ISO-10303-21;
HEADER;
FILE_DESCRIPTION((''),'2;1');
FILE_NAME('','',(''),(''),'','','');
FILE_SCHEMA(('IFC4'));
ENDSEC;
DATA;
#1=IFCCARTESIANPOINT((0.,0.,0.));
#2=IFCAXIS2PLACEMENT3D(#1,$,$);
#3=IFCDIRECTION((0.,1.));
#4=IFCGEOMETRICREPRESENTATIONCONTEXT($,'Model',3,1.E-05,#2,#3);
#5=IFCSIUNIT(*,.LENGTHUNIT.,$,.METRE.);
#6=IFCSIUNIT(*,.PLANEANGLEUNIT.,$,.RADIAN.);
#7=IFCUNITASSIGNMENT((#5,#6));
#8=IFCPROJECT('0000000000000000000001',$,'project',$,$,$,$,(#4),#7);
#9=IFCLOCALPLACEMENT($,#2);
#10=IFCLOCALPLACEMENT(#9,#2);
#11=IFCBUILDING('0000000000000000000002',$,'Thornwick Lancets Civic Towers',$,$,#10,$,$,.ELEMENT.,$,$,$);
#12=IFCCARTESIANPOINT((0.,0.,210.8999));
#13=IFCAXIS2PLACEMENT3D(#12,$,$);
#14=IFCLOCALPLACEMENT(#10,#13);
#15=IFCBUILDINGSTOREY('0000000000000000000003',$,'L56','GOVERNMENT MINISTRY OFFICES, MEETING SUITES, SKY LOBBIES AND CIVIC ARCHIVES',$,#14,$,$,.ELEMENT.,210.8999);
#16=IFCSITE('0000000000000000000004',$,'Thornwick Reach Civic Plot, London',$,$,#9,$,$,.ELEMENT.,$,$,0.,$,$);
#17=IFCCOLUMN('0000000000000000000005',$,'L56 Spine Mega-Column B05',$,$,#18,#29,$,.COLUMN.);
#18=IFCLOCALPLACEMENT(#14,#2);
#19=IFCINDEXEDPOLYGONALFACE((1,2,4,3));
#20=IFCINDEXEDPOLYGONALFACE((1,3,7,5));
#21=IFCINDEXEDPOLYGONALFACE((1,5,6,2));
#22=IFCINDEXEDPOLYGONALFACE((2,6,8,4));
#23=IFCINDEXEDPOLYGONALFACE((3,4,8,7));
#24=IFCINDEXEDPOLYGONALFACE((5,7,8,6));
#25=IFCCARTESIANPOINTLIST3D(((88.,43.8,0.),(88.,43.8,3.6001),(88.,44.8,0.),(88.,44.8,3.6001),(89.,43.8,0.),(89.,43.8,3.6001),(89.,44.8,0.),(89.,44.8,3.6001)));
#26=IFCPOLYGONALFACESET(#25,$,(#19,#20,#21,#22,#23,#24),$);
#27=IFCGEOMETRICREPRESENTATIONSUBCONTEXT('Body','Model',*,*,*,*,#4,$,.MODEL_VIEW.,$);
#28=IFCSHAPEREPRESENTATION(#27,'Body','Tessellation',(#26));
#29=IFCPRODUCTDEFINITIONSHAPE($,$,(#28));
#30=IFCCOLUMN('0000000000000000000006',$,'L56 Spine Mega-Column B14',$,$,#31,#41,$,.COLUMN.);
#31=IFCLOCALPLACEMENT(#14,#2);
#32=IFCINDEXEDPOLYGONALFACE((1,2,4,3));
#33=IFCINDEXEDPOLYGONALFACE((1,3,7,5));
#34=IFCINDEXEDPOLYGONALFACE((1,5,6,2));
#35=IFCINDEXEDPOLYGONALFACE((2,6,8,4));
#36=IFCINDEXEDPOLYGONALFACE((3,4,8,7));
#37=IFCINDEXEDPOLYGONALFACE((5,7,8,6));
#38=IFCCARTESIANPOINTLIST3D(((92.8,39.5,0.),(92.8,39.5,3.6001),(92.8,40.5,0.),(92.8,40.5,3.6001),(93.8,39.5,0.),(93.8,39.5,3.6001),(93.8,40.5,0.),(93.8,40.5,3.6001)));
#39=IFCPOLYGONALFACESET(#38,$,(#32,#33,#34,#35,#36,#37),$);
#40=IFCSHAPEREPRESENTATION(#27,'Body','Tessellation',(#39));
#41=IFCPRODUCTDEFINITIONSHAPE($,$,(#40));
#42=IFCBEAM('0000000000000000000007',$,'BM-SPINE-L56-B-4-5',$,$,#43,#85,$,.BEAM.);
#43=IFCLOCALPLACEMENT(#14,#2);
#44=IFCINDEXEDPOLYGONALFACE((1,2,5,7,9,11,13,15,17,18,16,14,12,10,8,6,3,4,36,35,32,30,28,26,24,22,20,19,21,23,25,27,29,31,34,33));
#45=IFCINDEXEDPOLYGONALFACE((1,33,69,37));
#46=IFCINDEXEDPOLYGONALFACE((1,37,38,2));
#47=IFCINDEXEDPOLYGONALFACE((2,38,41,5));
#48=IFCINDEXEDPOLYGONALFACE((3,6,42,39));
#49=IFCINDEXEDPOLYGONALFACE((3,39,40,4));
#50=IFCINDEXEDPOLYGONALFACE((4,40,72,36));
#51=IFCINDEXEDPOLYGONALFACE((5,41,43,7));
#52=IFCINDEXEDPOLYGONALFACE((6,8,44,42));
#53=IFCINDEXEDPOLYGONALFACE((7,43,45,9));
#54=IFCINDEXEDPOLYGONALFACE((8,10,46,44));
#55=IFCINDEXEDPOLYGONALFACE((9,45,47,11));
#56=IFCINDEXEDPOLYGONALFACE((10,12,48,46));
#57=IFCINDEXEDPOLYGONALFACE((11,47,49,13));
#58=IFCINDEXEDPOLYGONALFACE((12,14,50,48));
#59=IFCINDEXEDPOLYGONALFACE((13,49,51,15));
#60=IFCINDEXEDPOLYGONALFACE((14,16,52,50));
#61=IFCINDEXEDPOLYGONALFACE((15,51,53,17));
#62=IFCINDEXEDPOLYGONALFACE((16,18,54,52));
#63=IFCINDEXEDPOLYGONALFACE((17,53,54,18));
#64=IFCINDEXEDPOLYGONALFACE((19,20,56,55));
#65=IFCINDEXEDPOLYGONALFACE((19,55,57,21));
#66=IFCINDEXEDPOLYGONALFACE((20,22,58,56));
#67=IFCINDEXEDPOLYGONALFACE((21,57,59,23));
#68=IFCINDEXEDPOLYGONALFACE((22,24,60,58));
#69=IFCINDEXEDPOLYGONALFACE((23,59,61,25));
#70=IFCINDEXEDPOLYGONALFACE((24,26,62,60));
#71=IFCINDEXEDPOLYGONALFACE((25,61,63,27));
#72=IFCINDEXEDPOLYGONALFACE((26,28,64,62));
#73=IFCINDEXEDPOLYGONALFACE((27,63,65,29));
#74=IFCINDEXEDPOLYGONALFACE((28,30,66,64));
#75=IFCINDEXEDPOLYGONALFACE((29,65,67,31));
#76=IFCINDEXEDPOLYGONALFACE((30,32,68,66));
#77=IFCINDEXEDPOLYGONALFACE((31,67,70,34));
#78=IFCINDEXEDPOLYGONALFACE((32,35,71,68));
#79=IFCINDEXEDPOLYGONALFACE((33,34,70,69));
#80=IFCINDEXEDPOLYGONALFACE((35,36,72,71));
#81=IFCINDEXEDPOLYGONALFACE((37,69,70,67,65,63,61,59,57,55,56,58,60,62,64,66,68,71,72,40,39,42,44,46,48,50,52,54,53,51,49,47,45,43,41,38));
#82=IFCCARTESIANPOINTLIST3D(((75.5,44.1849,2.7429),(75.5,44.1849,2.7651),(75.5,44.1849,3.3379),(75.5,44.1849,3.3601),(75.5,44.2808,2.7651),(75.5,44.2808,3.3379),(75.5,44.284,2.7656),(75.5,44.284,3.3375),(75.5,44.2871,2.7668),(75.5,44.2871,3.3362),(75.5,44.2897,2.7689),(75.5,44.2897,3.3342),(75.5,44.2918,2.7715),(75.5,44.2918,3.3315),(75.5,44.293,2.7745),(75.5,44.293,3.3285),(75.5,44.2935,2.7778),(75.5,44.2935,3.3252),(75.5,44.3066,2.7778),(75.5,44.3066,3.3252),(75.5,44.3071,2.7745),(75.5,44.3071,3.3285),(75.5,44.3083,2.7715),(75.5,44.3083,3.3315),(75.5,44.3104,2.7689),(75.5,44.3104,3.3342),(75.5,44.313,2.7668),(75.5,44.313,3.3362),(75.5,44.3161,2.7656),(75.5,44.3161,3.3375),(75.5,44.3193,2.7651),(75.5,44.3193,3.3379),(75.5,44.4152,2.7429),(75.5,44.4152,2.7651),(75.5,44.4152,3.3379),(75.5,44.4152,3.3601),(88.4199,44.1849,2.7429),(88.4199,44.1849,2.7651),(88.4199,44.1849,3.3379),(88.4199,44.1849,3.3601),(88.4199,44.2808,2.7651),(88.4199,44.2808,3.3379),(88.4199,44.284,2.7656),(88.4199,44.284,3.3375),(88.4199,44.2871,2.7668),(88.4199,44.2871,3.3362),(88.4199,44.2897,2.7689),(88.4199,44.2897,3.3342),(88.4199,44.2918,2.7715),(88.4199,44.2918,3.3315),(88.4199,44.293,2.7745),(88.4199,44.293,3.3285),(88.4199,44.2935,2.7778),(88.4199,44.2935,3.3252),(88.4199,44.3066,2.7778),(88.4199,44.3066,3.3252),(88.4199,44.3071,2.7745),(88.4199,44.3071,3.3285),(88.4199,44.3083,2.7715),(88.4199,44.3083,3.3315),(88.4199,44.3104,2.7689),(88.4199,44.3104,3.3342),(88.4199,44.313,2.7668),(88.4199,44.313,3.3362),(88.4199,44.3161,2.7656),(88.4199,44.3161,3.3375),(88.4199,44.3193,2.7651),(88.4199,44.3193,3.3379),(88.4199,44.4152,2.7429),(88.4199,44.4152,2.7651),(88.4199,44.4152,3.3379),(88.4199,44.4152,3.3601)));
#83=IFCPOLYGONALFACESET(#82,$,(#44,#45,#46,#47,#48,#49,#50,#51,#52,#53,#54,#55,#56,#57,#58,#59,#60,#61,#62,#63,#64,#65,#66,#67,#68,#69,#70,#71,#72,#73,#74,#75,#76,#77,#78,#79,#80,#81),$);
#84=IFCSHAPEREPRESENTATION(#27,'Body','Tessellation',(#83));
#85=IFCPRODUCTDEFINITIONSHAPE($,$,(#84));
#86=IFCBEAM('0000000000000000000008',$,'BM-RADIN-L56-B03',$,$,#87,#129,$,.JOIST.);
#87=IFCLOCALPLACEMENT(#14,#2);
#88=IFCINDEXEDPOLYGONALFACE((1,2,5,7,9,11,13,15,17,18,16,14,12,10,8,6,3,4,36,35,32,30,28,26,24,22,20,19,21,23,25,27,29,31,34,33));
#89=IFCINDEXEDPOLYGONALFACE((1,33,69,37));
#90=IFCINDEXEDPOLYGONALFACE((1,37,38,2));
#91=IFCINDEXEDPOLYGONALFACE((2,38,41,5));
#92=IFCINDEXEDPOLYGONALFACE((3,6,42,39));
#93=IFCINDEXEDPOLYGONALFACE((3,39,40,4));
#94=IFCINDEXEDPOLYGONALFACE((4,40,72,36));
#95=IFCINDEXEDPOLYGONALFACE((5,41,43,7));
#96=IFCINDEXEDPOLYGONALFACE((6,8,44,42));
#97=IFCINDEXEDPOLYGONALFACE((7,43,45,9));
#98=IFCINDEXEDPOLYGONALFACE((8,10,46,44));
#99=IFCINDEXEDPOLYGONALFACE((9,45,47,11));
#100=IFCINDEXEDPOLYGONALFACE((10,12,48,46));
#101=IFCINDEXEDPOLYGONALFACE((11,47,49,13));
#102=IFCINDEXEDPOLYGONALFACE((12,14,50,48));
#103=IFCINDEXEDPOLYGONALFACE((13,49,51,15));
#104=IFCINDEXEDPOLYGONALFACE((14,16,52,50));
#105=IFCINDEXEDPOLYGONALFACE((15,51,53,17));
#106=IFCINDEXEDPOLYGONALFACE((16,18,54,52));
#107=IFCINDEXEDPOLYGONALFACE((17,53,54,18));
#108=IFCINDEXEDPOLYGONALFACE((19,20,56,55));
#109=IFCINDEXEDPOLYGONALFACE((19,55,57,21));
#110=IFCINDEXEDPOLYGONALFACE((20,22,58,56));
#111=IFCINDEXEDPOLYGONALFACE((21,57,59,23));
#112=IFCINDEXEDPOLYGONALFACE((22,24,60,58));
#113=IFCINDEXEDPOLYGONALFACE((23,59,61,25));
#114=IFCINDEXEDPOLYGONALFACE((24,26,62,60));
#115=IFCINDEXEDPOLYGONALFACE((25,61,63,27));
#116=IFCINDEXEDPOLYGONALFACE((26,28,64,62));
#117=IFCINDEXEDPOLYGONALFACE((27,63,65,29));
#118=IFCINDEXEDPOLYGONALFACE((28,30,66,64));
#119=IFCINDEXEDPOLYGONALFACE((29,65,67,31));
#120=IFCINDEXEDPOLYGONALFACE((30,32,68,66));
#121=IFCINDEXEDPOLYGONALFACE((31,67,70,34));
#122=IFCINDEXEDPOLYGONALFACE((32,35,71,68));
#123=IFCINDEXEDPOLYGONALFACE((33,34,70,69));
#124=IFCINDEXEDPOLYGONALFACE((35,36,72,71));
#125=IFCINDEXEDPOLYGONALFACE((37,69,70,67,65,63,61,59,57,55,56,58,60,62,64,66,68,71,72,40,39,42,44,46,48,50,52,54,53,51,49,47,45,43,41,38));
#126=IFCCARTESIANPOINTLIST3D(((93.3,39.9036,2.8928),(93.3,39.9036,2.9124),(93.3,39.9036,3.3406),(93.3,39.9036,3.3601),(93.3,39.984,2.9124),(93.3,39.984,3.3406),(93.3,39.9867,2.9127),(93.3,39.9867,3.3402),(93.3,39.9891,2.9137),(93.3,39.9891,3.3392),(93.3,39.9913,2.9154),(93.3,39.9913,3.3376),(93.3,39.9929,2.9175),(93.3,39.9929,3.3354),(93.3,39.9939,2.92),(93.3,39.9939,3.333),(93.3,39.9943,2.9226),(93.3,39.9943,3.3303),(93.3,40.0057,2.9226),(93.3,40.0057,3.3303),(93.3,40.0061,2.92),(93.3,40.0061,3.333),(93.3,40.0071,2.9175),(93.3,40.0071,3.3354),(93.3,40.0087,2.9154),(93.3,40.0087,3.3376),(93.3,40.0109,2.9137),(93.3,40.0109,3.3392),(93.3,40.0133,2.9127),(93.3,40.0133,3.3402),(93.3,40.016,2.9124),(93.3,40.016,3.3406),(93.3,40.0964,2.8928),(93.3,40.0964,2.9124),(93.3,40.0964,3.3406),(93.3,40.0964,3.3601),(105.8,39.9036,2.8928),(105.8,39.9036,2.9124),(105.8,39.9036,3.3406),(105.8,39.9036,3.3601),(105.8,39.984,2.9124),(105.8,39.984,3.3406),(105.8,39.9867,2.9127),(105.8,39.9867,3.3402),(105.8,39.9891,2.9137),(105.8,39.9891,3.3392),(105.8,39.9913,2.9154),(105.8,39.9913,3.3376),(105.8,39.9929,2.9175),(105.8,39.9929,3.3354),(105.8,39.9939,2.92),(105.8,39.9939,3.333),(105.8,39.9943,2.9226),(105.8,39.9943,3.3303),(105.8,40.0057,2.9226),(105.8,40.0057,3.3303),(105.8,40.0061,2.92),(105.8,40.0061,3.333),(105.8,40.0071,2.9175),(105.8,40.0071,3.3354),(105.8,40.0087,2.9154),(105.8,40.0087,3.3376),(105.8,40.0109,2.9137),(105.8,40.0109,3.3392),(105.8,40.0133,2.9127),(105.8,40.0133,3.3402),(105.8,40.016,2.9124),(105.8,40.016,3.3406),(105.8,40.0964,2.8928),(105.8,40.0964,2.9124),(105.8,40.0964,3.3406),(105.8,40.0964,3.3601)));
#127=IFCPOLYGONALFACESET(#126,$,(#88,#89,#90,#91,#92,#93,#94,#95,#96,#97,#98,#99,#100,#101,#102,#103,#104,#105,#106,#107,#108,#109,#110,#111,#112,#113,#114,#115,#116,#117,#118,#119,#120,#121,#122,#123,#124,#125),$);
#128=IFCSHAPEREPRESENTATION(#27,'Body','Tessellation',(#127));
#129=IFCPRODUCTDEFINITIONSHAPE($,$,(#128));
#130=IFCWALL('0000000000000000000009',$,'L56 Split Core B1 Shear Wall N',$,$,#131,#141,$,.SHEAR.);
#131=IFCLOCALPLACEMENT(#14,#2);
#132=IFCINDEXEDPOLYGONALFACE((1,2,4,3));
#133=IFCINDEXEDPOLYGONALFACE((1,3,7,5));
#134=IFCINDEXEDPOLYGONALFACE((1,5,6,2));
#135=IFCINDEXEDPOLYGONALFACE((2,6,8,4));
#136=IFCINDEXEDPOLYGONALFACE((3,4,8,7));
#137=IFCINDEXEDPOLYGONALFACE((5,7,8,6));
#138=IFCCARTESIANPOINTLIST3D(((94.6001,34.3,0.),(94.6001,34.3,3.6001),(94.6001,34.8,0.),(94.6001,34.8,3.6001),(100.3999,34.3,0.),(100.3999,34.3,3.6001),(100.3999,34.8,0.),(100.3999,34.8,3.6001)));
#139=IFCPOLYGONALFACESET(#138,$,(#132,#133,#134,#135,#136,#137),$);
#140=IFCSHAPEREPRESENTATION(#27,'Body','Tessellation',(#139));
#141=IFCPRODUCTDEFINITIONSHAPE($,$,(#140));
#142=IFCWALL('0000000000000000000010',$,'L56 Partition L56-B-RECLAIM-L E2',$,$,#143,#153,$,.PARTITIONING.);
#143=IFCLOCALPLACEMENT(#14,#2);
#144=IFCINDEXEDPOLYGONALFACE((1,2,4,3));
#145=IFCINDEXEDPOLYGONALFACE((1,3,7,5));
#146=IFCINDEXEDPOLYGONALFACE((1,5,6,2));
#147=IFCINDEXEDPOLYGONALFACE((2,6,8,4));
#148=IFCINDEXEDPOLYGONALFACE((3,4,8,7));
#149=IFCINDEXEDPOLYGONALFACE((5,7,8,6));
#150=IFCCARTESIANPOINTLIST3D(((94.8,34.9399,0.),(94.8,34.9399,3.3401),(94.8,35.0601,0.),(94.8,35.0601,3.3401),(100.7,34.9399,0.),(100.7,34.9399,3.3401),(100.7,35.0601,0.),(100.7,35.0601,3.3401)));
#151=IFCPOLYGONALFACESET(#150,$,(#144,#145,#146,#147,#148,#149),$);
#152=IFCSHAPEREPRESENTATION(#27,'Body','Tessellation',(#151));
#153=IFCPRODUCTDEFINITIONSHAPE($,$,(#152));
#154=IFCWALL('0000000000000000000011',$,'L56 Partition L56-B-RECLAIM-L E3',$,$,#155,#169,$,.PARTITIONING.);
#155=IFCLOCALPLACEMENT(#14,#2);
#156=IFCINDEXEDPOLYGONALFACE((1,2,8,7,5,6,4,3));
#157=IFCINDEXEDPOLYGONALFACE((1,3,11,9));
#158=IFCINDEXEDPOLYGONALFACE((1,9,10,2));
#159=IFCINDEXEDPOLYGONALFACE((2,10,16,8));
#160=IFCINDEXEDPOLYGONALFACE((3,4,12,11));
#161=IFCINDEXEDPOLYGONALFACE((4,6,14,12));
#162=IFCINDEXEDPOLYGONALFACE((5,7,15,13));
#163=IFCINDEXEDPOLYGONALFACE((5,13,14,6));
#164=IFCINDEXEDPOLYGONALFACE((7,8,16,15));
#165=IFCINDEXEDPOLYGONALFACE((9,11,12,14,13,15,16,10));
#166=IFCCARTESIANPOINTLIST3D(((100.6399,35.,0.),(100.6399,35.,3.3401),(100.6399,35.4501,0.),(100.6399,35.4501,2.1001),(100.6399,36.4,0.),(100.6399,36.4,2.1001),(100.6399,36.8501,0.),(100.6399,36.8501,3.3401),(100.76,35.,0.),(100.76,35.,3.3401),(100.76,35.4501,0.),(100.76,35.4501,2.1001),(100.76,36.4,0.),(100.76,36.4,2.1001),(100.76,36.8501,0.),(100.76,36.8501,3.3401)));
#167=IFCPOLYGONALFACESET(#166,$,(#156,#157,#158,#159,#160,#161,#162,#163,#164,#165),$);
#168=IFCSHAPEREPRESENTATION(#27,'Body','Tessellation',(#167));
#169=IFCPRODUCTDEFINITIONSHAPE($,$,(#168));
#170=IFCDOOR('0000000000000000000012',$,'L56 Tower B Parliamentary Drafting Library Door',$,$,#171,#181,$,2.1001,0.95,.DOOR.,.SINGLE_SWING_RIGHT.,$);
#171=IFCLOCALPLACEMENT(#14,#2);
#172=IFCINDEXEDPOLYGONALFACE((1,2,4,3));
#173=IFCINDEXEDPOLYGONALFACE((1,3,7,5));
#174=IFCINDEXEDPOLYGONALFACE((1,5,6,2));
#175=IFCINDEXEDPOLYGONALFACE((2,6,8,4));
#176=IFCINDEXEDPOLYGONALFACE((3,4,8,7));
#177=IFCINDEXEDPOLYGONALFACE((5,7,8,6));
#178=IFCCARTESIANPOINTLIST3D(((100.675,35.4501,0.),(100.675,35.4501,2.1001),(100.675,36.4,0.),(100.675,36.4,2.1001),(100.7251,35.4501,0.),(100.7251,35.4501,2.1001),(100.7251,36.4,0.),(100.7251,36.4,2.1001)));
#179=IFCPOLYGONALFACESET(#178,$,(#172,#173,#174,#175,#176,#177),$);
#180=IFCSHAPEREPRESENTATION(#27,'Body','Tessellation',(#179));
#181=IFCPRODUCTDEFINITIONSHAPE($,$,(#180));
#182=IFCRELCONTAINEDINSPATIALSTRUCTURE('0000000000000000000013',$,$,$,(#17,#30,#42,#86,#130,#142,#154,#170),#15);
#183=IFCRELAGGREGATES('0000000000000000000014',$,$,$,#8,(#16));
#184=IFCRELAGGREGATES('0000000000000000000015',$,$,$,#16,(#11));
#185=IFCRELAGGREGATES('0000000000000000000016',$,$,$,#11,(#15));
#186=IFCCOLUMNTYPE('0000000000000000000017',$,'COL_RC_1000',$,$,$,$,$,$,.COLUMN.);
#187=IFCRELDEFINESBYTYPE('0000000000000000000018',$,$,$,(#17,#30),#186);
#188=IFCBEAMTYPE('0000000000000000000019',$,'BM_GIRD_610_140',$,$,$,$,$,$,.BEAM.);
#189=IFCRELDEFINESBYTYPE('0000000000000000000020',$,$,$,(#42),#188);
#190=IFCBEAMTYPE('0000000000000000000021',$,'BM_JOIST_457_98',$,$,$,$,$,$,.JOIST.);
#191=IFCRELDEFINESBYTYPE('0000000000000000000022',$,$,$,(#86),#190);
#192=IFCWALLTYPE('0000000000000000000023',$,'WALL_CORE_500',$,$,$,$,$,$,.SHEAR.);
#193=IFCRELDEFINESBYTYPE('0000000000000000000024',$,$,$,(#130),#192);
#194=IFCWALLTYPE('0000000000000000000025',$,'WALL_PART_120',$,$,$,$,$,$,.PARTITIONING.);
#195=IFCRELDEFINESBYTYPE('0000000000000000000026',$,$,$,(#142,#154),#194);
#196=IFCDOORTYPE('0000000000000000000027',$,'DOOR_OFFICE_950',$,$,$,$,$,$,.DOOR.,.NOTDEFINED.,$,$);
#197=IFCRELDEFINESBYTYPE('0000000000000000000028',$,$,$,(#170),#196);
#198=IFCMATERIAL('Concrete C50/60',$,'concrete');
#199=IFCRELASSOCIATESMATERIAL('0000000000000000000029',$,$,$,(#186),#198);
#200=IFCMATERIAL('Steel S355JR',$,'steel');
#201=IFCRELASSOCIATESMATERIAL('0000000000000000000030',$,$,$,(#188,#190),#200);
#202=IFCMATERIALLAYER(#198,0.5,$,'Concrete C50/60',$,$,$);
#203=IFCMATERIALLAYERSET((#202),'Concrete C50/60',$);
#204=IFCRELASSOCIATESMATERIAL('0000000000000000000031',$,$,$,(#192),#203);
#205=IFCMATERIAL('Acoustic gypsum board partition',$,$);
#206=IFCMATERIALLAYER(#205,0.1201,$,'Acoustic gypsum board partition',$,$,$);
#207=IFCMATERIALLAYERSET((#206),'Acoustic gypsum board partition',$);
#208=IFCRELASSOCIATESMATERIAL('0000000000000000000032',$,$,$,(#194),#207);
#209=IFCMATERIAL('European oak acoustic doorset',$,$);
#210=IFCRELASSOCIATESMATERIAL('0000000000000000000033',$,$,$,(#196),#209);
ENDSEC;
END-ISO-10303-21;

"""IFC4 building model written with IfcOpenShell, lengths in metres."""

from ifc_helpers import new_model, si_unit, direction, frame, frame_2d, origin, origin_2d, place, context, subcontext, project, spatial, rectangle, i_section, extrude, material, layer, layer_set, material_profile, profile_set, type_object, element, fill, save


model = new_model("IFC4")

# Units and contexts
model_context = context("Model", 3, precision=1e-05, world=origin(), true_north=direction((0.0, 1.0)))
body_context = subcontext(model_context, "Body", "Model", "MODEL_VIEW")
ifc_project = project(units=[si_unit("LENGTHUNIT", "METRE"), si_unit("PLANEANGLEUNIT", "RADIAN")], contexts=[model_context])

# Site, building, storey
site_placement = place(None, origin())
site = spatial("IfcSite", under=ifc_project, at=site_placement, Name="Thornwick Reach Civic Plot, London", CompositionType="ELEMENT", RefElevation=0.0)
building_placement = place(site_placement, origin())
building = spatial("IfcBuilding", under=site, at=building_placement, Name="Thornwick Lancets Civic Towers", CompositionType="ELEMENT")
storey_placement = place(building_placement, frame((0.0, 0.0, 210.8999)))
storey = spatial("IfcBuildingStorey", under=building, at=storey_placement, Name="L56", Description="GOVERNMENT MINISTRY OFFICES, MEETING SUITES, SKY LOBBIES AND CIVIC ARCHIVES", CompositionType="ELEMENT", Elevation=210.8999)

# Columns
ifc_material_1 = material(Name="Concrete C50/60", Category="concrete")
ifc_material_profile_1 = material_profile(ifc_material_1, rectangle(XDim=1.0, YDim=1.0, at=origin_2d()), Name="RC 1000x1000")
ifc_profile_set_1 = profile_set([ifc_material_profile_1], Name="Concrete C50/60")
column_type = type_object("IfcColumnType", Name="COL_RC_1000", PredefinedType="COLUMN", material=ifc_profile_set_1)
for number, where, z_axis, x_axis, name in (
    (1, (88.5, 44.3, 0.0), (0.0, 0.0, 1.0), (1.0, 0.0, 0.0), "L56 Spine Mega-Column B05"),
    (2, (93.3, 40.0, 0.0), (0.0, 0.0, 1.0), (1.0, 0.0, 0.0), "L56 Spine Mega-Column B14"),
):
    element("IfcColumn", number, at=place(storey_placement, frame(where, z_axis=z_axis, x_axis=x_axis)), inside=storey, type_object=column_type, Name=name, PredefinedType="COLUMN", context=body_context, shape_type="SweptSolid", body=[
        extrude(rectangle(XDim=1.0, YDim=1.0, at=origin_2d()), origin(), (0.0, 0.0, 1.0), 3.6001),
    ])

# Beams
ifc_material_2 = material(Name="Steel S355JR", Category="steel")
ifc_material_profile_2 = material_profile(ifc_material_2, i_section(OverallWidth=0.2302, OverallDepth=0.6172, WebThickness=0.0132, FlangeThickness=0.0222, FilletRadius=0.0127, at=origin_2d()), Name="UKB 610x229x140")
ifc_profile_set_2 = profile_set([ifc_material_profile_2], Name="Steel S355JR")
beam_type_1 = type_object("IfcBeamType", Name="BM_GIRD_610_140", PredefinedType="BEAM", material=ifc_profile_set_2)
beam_1_placement = place(storey_placement, frame((88.4199, 44.3, 3.0515), z_axis=(-1.0, 0.0, 0.0), x_axis=(0.0, -1.0, 0.0)))
element("IfcBeam", 3, at=beam_1_placement, inside=storey, type_object=beam_type_1, Name="BM-SPINE-L56-B-4-5", PredefinedType="BEAM", context=body_context, shape_type="SweptSolid", body=[
    extrude(i_section(OverallWidth=0.2302, OverallDepth=0.6172, WebThickness=0.0132, FlangeThickness=0.0222, FilletRadius=0.0127, at=origin_2d()), origin(), (0.0, 0.0, 1.0), 12.9199),
])
ifc_material_profile_3 = material_profile(ifc_material_2, i_section(OverallWidth=0.1929, OverallDepth=0.4673, WebThickness=0.0115, FlangeThickness=0.0195, FilletRadius=0.0103, at=origin_2d()), Name="UKB 457x191x98")
ifc_profile_set_3 = profile_set([ifc_material_profile_3], Name="Steel S355JR")
beam_type_2 = type_object("IfcBeamType", Name="BM_JOIST_457_98", PredefinedType="JOIST", material=ifc_profile_set_3)
beam_2_placement = place(storey_placement, frame((93.3, 40.0, 3.1265), z_axis=(1.0, 0.0, 0.0), x_axis=(0.0, 1.0, 0.0)))
element("IfcBeam", 4, at=beam_2_placement, inside=storey, type_object=beam_type_2, Name="BM-RADIN-L56-B03", PredefinedType="JOIST", context=body_context, shape_type="SweptSolid", body=[
    extrude(i_section(OverallWidth=0.1929, OverallDepth=0.4673, WebThickness=0.0115, FlangeThickness=0.0195, FilletRadius=0.0103, at=origin_2d()), origin(), (0.0, 0.0, 1.0), 12.5),
])

# Walls
ifc_layer_1 = layer(ifc_material_1, 0.5, Name="Concrete C50/60")
ifc_layer_set_1 = layer_set([ifc_layer_1], Name="Concrete C50/60")
wall_type_1 = type_object("IfcWallType", Name="WALL_CORE_500", PredefinedType="SHEAR", material=ifc_layer_set_1)
wall_1_placement = place(storey_placement, frame((94.6001, 34.55, 0.0), z_axis=(0.0, 0.0, 1.0), x_axis=(1.0, 0.0, 0.0)))
element("IfcWall", 5, at=wall_1_placement, inside=storey, type_object=wall_type_1, Name="L56 Split Core B1 Shear Wall N", PredefinedType="SHEAR", context=body_context, shape_type="SweptSolid", body=[
    extrude(rectangle(XDim=5.7998, YDim=0.5, at=frame_2d((2.8999, 0.0))), origin(), (0.0, 0.0, 1.0), 3.6001),
])
ifc_material_3 = material(Name="Acoustic gypsum board partition")
ifc_layer_2 = layer(ifc_material_3, 0.1201, Name="Acoustic gypsum board partition")
ifc_layer_set_2 = layer_set([ifc_layer_2], Name="Acoustic gypsum board partition")
wall_type_2 = type_object("IfcWallType", Name="WALL_PART_120", PredefinedType="PARTITIONING", material=ifc_layer_set_2)
wall_2_placement = place(storey_placement, frame((94.8, 35.0, 0.0), z_axis=(0.0, 0.0, 1.0), x_axis=(1.0, 0.0, 0.0)))
element("IfcWall", 6, at=wall_2_placement, inside=storey, type_object=wall_type_2, Name="L56 Partition L56-B-RECLAIM-L E2", PredefinedType="PARTITIONING", context=body_context, shape_type="SweptSolid", body=[
    extrude(rectangle(XDim=5.8999, YDim=0.1201, at=frame_2d((2.95, 0.0))), origin(), (0.0, 0.0, 1.0), 3.3401),
])

# Wall, opening, door
wall_3_placement = place(storey_placement, frame((100.7, 35.0, 0.0), z_axis=(0.0, 0.0, 1.0), x_axis=(0.0, 1.0, 0.0)))
wall_3 = element("IfcWall", 7, at=wall_3_placement, inside=storey, type_object=wall_type_2, Name="L56 Partition L56-B-RECLAIM-L E3", PredefinedType="PARTITIONING", context=body_context, shape_type="SweptSolid", body=[
    extrude(rectangle(XDim=1.8501, YDim=0.1201, at=frame_2d((0.925, 0.0))), origin(), (0.0, 0.0, 1.0), 3.3401),
])
opening_1_placement = place(wall_3_placement, frame((0.45, 0.0, 0.0)))
opening_1 = element("IfcOpeningElement", 8, at=opening_1_placement, cuts=wall_3, PredefinedType="OPENING", context=body_context, shape_type="SweptSolid", body=[
    extrude(rectangle(XDim=0.95, YDim=2.1001, at=frame_2d((0.4751, 1.05))), frame((0.0, 0.0701, 0.0), z_axis=(0.0, -1.0, 0.0), x_axis=(1.0, 0.0, 0.0)), (0.0, 0.0, 1.0), 0.1401),
])
ifc_material_4 = material(Name="European oak acoustic doorset")
door_type_1 = type_object("IfcDoorType", Name="DOOR_OFFICE_950", OperationType="NOTDEFINED", PredefinedType="DOOR", material=ifc_material_4)
door_1_placement = place(opening_1_placement, origin())
door_1 = element("IfcDoor", 9, at=door_1_placement, inside=storey, type_object=door_type_1, Name="L56 Tower B Parliamentary Drafting Library Door", OperationType="SINGLE_SWING_RIGHT", OverallHeight=2.1001, OverallWidth=0.95, PredefinedType="DOOR", context=body_context, shape_type="SweptSolid", body=[
    extrude(rectangle(XDim=0.95, YDim=2.1001, at=frame_2d((0.4751, 1.05))), frame((0.0, 0.0249, 0.0), z_axis=(0.0, -1.0, 0.0), x_axis=(1.0, 0.0, 0.0)), (0.0, 0.0, 1.0), 0.05),
])
fill(opening_1, door_1)

save(model, "model.ifc")
